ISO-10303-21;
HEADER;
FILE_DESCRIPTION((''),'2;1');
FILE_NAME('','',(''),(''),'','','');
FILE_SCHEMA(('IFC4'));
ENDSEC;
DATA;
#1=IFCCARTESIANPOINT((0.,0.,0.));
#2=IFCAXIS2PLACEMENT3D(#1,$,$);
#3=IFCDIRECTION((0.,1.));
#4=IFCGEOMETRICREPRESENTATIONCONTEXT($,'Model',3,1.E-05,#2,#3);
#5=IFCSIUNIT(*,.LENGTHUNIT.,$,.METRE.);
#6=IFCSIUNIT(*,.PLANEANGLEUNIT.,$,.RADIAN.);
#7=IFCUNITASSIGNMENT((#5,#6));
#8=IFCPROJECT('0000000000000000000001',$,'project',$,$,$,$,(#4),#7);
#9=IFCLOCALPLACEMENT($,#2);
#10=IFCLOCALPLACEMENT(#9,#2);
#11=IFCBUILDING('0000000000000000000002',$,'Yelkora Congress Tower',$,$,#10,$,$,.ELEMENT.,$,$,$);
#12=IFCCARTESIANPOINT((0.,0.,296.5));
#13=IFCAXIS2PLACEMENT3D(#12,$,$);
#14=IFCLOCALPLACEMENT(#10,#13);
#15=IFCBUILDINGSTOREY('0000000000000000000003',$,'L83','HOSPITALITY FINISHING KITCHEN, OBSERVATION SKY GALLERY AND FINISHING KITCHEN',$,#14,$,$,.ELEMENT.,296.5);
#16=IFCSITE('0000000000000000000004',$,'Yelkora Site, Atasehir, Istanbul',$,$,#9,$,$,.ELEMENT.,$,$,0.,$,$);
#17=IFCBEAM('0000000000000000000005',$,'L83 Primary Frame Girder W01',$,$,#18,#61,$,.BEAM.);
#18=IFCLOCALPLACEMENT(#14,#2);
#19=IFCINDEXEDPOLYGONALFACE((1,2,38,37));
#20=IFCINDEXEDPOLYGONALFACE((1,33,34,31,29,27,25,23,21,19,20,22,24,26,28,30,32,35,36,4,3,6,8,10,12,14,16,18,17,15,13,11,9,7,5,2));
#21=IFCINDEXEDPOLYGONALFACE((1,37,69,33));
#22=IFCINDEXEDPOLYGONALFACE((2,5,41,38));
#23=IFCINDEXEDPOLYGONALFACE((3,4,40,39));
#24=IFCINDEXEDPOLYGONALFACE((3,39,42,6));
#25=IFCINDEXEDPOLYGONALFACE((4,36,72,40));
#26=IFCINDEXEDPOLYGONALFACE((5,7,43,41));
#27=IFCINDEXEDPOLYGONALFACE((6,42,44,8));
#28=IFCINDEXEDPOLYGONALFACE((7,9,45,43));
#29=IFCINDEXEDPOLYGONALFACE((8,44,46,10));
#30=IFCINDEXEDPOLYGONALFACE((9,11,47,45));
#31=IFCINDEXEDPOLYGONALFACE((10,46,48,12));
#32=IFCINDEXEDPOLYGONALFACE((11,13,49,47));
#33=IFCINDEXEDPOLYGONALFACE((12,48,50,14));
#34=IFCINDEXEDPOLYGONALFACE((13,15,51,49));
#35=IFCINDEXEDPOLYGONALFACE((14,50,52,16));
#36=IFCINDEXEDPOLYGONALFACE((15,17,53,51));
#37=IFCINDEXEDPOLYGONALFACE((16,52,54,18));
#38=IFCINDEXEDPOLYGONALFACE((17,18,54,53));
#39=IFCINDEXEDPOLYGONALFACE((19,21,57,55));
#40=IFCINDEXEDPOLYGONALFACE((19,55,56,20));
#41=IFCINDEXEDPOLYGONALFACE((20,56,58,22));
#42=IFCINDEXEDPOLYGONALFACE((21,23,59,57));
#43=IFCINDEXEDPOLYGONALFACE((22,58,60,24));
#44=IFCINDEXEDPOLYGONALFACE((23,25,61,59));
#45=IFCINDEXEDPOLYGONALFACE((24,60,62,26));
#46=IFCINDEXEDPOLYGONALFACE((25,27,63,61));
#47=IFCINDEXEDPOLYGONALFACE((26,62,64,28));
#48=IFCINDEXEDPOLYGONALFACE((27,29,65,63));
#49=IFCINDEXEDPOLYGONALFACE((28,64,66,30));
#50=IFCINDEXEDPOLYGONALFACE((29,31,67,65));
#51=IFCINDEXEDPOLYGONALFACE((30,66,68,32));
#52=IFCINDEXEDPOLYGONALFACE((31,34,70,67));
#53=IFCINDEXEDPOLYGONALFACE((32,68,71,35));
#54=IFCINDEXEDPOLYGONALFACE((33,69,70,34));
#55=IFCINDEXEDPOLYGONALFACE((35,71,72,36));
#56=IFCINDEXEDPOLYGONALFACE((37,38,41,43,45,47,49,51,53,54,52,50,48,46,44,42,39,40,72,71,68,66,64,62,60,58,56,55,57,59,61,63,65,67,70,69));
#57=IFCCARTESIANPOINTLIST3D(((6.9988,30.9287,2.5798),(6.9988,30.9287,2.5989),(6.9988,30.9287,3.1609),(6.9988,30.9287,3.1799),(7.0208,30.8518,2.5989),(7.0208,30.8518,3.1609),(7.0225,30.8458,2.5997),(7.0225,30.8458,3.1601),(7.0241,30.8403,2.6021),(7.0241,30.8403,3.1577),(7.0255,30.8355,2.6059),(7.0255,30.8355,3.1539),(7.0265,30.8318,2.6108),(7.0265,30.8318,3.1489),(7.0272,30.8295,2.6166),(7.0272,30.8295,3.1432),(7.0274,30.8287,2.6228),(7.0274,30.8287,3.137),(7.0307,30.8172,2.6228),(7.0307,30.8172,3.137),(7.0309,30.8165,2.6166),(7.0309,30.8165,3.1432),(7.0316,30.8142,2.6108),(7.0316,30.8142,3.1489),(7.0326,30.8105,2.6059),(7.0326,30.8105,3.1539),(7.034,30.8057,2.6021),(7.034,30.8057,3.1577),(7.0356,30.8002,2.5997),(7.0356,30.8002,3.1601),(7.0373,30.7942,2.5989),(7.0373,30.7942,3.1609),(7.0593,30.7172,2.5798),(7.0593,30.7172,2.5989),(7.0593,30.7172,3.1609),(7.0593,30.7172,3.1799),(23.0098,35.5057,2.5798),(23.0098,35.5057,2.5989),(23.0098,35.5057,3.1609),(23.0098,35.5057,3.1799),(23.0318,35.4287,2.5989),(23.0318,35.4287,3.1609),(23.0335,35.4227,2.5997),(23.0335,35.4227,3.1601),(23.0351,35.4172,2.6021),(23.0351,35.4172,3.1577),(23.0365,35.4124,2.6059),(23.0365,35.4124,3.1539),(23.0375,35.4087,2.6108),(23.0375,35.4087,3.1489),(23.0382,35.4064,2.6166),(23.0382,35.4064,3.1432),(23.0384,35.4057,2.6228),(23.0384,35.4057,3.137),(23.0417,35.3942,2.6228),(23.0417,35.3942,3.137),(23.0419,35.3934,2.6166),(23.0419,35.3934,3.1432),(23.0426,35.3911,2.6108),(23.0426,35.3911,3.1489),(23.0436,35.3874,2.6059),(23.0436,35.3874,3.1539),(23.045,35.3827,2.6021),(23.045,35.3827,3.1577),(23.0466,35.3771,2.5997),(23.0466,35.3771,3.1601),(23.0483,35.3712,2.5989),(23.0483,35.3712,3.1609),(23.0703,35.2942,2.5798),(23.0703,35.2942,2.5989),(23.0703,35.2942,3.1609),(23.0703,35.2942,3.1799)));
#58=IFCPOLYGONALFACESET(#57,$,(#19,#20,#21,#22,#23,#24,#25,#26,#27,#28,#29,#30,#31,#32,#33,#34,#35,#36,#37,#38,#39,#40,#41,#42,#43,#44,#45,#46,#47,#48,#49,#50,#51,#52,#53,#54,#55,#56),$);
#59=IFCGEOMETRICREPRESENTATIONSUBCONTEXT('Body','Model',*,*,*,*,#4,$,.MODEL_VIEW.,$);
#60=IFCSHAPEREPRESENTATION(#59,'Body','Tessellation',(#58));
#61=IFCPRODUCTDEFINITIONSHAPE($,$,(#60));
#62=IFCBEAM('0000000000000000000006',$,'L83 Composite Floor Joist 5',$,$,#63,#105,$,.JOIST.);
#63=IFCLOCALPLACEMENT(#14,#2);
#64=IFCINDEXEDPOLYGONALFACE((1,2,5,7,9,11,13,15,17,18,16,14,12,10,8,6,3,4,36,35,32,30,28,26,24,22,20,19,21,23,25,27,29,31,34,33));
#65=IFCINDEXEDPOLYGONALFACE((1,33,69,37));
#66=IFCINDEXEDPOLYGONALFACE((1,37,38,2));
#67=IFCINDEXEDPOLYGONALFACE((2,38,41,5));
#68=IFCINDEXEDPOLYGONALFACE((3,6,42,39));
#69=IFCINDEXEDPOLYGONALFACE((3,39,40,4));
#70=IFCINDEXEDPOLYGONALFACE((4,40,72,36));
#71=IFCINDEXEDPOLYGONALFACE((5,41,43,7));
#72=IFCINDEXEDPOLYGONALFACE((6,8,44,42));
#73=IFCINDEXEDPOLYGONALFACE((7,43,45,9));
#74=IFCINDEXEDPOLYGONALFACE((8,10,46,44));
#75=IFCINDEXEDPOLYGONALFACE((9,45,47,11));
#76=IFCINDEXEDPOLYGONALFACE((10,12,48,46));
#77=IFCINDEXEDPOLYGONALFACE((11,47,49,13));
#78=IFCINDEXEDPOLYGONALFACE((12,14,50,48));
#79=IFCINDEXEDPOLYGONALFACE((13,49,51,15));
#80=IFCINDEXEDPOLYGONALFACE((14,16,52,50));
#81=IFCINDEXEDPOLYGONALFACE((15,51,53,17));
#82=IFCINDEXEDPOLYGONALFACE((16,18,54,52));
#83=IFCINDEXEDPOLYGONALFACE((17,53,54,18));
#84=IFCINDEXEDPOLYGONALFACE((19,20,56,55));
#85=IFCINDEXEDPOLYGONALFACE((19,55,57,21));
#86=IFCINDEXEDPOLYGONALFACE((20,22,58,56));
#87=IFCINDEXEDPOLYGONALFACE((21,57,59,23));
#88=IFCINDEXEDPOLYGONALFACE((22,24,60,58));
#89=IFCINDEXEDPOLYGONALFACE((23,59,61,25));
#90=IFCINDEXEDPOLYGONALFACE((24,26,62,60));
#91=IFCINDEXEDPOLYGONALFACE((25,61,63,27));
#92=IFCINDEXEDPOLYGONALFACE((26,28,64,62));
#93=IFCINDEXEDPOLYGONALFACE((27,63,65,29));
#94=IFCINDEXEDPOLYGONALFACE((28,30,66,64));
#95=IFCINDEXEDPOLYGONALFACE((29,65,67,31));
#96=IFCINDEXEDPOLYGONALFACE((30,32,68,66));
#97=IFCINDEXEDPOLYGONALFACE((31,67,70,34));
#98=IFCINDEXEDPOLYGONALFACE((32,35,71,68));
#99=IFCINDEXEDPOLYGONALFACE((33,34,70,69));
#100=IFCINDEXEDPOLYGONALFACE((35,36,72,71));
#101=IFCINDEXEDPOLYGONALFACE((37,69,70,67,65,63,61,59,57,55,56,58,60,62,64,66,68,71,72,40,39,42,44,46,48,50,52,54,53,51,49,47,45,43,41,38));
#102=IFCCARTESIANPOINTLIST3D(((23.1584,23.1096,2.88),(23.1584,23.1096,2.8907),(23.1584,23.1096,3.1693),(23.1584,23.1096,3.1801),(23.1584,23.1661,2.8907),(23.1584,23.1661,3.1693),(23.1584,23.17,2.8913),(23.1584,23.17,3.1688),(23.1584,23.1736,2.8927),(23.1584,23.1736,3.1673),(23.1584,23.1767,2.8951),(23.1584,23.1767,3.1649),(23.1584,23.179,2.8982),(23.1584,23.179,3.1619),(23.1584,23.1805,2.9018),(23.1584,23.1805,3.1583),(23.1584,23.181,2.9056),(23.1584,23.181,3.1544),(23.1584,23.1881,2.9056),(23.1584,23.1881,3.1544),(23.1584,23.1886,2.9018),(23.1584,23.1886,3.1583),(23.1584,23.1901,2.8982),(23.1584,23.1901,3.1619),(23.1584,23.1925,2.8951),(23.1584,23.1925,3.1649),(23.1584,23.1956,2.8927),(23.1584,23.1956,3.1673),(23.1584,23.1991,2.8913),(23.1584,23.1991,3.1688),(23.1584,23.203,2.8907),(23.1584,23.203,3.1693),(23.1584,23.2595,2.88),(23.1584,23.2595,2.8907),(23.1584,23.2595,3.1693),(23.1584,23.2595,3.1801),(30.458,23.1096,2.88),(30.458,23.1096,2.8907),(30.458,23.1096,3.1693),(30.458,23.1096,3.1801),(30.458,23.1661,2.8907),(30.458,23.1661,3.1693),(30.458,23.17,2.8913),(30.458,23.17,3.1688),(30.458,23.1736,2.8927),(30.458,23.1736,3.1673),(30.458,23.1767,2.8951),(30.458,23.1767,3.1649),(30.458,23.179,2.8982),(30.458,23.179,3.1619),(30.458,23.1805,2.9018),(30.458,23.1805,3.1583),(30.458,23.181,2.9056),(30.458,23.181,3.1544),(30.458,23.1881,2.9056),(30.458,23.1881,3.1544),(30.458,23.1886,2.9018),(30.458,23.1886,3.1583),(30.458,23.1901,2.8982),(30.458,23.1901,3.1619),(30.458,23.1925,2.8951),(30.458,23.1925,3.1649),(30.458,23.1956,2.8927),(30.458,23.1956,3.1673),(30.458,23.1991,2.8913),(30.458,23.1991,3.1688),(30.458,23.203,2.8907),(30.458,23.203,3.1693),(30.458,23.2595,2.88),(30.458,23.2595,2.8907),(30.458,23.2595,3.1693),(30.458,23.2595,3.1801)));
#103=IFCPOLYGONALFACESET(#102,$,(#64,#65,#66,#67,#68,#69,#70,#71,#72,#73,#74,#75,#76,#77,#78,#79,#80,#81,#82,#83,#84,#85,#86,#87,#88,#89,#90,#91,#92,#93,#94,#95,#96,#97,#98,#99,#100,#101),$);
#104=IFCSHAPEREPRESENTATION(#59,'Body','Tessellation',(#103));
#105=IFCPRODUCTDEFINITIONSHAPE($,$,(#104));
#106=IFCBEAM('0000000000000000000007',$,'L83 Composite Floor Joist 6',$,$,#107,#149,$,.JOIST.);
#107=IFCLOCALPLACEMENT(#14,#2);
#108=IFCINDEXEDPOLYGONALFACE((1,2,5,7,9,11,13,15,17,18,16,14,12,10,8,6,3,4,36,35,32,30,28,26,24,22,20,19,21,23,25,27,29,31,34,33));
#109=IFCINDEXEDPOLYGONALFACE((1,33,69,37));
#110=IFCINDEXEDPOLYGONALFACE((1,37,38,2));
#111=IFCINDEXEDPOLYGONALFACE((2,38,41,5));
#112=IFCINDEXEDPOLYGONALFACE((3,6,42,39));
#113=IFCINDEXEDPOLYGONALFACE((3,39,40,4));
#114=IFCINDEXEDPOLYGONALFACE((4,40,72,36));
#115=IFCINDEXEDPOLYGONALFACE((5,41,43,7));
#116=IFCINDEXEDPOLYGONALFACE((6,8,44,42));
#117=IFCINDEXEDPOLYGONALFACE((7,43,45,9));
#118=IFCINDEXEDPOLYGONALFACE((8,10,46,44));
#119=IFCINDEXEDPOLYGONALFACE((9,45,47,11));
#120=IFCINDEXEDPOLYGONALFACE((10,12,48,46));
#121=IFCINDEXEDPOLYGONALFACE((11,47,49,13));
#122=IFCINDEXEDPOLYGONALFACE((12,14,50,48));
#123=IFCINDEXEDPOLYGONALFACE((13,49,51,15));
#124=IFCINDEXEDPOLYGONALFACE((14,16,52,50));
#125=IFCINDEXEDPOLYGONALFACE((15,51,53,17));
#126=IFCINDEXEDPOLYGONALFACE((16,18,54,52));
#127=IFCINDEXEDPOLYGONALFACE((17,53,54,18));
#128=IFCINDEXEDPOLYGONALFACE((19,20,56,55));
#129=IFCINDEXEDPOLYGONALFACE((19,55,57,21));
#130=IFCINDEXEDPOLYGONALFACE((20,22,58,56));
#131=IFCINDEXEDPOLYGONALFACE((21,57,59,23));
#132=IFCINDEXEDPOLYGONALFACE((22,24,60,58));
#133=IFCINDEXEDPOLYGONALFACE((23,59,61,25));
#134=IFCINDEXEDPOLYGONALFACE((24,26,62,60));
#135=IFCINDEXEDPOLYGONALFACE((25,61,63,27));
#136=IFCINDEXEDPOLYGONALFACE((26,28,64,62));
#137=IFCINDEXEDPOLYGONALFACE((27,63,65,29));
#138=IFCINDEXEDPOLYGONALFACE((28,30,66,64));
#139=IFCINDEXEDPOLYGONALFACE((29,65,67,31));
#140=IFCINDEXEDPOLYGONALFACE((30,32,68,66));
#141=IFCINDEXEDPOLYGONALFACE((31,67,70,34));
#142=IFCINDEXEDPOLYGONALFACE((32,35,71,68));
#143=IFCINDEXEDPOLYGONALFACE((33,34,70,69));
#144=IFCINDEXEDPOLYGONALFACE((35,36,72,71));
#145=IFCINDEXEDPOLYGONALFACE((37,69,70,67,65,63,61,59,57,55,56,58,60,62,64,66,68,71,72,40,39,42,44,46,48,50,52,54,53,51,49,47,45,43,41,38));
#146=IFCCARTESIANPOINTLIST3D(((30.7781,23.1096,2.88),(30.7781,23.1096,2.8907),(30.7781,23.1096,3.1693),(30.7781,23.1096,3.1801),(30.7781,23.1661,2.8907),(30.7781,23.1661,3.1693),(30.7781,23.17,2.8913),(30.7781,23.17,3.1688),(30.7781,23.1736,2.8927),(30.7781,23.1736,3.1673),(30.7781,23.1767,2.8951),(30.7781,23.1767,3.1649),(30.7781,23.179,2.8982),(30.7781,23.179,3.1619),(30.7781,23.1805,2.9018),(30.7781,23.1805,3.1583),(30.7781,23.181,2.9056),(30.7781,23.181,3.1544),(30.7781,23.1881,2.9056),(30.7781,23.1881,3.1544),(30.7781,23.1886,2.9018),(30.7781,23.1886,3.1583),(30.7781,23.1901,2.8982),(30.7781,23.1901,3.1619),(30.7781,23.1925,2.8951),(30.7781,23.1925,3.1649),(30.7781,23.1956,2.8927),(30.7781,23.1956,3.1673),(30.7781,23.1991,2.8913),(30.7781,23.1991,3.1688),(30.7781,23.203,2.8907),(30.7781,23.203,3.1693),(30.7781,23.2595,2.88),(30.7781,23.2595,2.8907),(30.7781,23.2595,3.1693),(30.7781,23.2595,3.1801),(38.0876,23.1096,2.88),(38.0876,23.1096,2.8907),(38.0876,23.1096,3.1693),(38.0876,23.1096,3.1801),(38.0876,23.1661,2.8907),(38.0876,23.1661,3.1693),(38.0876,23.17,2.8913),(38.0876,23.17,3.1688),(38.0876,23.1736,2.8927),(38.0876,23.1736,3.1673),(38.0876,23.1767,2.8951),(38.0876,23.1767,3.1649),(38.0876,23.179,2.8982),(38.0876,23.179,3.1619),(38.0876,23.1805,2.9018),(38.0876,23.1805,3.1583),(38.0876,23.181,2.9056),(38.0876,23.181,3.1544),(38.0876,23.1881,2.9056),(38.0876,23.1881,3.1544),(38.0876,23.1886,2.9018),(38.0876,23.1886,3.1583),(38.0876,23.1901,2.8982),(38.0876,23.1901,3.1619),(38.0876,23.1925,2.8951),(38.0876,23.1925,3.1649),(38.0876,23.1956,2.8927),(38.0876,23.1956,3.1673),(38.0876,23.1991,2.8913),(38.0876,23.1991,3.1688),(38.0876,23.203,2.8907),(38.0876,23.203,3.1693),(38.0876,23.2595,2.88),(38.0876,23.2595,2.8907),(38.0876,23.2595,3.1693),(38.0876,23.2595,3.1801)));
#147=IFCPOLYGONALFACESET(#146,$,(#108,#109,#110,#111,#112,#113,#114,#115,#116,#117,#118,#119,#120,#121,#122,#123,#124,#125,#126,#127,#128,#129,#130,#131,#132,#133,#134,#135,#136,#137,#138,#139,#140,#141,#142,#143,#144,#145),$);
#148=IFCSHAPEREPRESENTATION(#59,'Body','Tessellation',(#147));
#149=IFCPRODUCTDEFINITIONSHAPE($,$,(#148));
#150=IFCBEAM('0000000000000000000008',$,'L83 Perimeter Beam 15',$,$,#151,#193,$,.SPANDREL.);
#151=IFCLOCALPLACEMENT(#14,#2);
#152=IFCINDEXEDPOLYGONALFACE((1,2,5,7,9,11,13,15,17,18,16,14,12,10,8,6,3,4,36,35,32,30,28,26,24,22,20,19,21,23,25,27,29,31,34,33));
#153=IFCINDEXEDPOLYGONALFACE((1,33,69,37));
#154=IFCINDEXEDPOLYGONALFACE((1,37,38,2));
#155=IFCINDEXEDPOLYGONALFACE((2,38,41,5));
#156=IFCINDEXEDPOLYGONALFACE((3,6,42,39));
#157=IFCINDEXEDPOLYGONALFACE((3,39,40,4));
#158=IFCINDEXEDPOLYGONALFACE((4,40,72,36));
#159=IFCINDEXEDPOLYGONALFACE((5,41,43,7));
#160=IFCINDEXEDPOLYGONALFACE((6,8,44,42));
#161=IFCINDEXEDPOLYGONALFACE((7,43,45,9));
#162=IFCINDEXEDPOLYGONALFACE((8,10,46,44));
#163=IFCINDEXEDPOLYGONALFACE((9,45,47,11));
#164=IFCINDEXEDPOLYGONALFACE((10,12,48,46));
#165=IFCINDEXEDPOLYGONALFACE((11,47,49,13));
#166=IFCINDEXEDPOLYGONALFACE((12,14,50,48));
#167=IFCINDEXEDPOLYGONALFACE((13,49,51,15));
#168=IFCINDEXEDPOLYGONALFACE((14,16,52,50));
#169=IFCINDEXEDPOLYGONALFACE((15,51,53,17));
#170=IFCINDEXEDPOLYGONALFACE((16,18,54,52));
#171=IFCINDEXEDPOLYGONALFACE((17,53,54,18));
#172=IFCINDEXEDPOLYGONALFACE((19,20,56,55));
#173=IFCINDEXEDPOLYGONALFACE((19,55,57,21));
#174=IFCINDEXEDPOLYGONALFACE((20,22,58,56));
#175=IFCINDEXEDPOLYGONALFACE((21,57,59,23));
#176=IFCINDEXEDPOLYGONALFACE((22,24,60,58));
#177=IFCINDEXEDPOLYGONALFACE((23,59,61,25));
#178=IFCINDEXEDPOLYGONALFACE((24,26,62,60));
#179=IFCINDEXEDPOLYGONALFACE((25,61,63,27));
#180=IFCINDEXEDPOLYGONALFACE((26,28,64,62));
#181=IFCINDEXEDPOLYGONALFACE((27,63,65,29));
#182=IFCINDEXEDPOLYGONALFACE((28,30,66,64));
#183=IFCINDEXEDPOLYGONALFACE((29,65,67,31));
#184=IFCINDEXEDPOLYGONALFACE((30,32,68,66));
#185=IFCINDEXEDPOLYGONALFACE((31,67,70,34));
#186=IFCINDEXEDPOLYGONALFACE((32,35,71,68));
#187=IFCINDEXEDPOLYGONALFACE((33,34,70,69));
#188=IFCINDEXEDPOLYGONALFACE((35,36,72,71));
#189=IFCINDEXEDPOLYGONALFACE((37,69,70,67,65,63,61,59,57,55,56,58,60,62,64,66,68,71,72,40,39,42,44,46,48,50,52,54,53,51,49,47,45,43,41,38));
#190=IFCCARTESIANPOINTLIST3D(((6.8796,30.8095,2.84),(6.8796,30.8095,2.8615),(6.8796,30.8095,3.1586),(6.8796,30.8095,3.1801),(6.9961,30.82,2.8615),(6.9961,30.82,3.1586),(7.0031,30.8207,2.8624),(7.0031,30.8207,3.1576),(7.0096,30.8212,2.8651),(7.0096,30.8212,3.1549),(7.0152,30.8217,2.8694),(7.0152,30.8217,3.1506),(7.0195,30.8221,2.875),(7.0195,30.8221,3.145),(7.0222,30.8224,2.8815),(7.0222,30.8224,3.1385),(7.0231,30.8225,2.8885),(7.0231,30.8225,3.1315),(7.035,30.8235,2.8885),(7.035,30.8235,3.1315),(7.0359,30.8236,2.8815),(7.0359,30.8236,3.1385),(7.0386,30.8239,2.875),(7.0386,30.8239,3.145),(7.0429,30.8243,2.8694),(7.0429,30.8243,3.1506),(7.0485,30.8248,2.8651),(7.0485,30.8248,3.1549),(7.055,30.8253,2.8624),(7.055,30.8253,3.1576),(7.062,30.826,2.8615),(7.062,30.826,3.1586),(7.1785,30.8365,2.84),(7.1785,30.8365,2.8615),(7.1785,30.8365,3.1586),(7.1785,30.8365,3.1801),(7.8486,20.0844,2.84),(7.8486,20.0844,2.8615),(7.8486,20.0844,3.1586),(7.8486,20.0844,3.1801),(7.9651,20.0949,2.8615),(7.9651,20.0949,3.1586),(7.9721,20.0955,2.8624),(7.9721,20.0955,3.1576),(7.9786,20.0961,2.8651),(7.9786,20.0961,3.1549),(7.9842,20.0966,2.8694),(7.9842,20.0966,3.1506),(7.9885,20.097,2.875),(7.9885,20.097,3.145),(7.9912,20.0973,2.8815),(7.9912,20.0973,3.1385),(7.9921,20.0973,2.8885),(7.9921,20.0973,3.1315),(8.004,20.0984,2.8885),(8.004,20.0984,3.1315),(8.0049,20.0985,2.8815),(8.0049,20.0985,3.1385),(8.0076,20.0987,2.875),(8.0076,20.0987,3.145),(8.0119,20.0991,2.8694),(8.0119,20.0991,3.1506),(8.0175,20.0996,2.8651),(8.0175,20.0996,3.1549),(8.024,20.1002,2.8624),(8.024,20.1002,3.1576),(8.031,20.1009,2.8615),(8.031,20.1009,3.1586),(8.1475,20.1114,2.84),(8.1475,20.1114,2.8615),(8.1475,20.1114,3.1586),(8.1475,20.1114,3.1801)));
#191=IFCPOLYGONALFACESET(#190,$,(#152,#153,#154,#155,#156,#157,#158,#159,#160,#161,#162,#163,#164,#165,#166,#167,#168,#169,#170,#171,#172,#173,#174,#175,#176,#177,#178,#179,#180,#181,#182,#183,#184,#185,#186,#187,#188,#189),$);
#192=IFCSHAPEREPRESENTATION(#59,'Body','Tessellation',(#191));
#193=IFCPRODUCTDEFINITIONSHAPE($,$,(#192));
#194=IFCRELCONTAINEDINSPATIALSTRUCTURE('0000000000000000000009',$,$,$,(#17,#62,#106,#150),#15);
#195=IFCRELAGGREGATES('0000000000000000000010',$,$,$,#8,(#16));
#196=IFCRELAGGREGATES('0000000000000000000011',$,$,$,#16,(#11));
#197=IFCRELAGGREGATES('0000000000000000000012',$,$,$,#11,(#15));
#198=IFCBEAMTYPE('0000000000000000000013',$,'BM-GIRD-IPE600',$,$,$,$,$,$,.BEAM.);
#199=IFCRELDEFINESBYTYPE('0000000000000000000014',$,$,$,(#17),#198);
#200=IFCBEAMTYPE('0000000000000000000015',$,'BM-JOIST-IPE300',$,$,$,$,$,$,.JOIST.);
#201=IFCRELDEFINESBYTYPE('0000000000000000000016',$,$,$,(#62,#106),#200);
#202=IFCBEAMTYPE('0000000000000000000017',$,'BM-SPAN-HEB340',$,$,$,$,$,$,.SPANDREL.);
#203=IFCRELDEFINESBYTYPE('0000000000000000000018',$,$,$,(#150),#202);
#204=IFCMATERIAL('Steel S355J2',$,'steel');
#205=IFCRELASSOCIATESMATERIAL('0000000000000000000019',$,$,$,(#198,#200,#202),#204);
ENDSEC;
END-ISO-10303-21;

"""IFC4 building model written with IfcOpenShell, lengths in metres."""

from ifc_helpers import new_model, si_unit, direction, frame, origin, origin_2d, place, context, subcontext, project, spatial, i_section, extrude, material, material_profile, profile_set, type_object, element, save


model = new_model("IFC4")

# Units and contexts
model_context = context("Model", 3, precision=1e-05, world=origin(), true_north=direction((0.0, 1.0)))
body_context = subcontext(model_context, "Body", "Model", "MODEL_VIEW")
ifc_project = project(units=[si_unit("LENGTHUNIT", "METRE"), si_unit("PLANEANGLEUNIT", "RADIAN")], contexts=[model_context])

# Site, building, storey
site_placement = place(None, origin())
site = spatial("IfcSite", under=ifc_project, at=site_placement, Name="Yelkora Site, Atasehir, Istanbul", CompositionType="ELEMENT", RefElevation=0.0)
building_placement = place(site_placement, origin())
building = spatial("IfcBuilding", under=site, at=building_placement, Name="Yelkora Congress Tower", CompositionType="ELEMENT")
storey_placement = place(building_placement, frame((0.0, 0.0, 296.5)))
storey = spatial("IfcBuildingStorey", under=building, at=storey_placement, Name="L83", Description="HOSPITALITY FINISHING KITCHEN, OBSERVATION SKY GALLERY AND FINISHING KITCHEN", CompositionType="ELEMENT", Elevation=296.5)

# Shared definitions
ifc_material_1 = material(Name="Steel S355J2", Category="steel")

# Beams
ifc_material_profile_1 = material_profile(ifc_material_1, i_section(OverallWidth=0.22, OverallDepth=0.6001, WebThickness=0.012, FlangeThickness=0.019, FilletRadius=0.0239, at=origin_2d()), Name="IPE 600")
ifc_profile_set_1 = profile_set([ifc_material_profile_1], Name="Steel S355J2")
beam_type_1 = type_object("IfcBeamType", Name="BM-GIRD-IPE600", PredefinedType="BEAM", material=ifc_profile_set_1)
beam_1_placement = place(storey_placement, frame((7.0291, 30.823, 2.8799), z_axis=(0.961487, 0.274851, 0.0), x_axis=(-0.274851, 0.961487, 0.0)))
element("IfcBeam", 1, at=beam_1_placement, inside=storey, type_object=beam_type_1, Name="L83 Primary Frame Girder W01", PredefinedType="BEAM", context=body_context, shape_type="SweptSolid", body=[
    extrude(i_section(OverallWidth=0.22, OverallDepth=0.6001, WebThickness=0.012, FlangeThickness=0.019, FilletRadius=0.0239, at=origin_2d()), origin(), (0.0, 0.0, 1.0), 16.6523),
])
ifc_material_profile_2 = material_profile(ifc_material_1, i_section(OverallWidth=0.1499, OverallDepth=0.3, WebThickness=0.0071, FlangeThickness=0.0107, FilletRadius=0.0149, at=origin_2d()), Name="IPE 300")
ifc_profile_set_2 = profile_set([ifc_material_profile_2], Name="Steel S355J2")
beam_type_2 = type_object("IfcBeamType", Name="BM-JOIST-IPE300", PredefinedType="JOIST", material=ifc_profile_set_2)
beam_2_placement = place(storey_placement, frame((23.1584, 23.1846, 3.03), z_axis=(1.0, 0.0, 0.0), x_axis=(0.0, 1.0, 0.0)))
element("IfcBeam", 2, at=beam_2_placement, inside=storey, type_object=beam_type_2, Name="L83 Composite Floor Joist 5", PredefinedType="JOIST", context=body_context, shape_type="SweptSolid", body=[
    extrude(i_section(OverallWidth=0.1499, OverallDepth=0.3, WebThickness=0.0071, FlangeThickness=0.0107, FilletRadius=0.0149, at=origin_2d()), origin(), (0.0, 0.0, 1.0), 7.2996),
])
beam_3_placement = place(storey_placement, frame((30.7781, 23.1846, 3.03), z_axis=(1.0, 0.0, 0.0), x_axis=(0.0, 1.0, 0.0)))
element("IfcBeam", 3, at=beam_3_placement, inside=storey, type_object=beam_type_2, Name="L83 Composite Floor Joist 6", PredefinedType="JOIST", context=body_context, shape_type="SweptSolid", body=[
    extrude(i_section(OverallWidth=0.1499, OverallDepth=0.3, WebThickness=0.0071, FlangeThickness=0.0107, FilletRadius=0.0149, at=origin_2d()), origin(), (0.0, 0.0, 1.0), 7.3096),
])
ifc_material_profile_3 = material_profile(ifc_material_1, i_section(OverallWidth=0.3, OverallDepth=0.3401, WebThickness=0.012, FlangeThickness=0.0215, FilletRadius=0.0271, at=origin_2d()), Name="HEB 340")
ifc_profile_set_3 = profile_set([ifc_material_profile_3], Name="Steel S355J2")
beam_type_3 = type_object("IfcBeamType", Name="BM-SPAN-HEB340", PredefinedType="SPANDREL", material=ifc_profile_set_3)
beam_4_placement = place(storey_placement, frame((7.0291, 30.823, 3.01), z_axis=(0.089982, -0.995943, 0.0), x_axis=(0.995943, 0.089982, 0.0)))
element("IfcBeam", 4, at=beam_4_placement, inside=storey, type_object=beam_type_3, Name="L83 Perimeter Beam 15", PredefinedType="SPANDREL", context=body_context, shape_type="SweptSolid", body=[
    extrude(i_section(OverallWidth=0.3, OverallDepth=0.3401, WebThickness=0.012, FlangeThickness=0.0215, FilletRadius=0.0271, at=origin_2d()), origin(), (0.0, 0.0, 1.0), 10.7688),
])

save(model, "model.ifc")
